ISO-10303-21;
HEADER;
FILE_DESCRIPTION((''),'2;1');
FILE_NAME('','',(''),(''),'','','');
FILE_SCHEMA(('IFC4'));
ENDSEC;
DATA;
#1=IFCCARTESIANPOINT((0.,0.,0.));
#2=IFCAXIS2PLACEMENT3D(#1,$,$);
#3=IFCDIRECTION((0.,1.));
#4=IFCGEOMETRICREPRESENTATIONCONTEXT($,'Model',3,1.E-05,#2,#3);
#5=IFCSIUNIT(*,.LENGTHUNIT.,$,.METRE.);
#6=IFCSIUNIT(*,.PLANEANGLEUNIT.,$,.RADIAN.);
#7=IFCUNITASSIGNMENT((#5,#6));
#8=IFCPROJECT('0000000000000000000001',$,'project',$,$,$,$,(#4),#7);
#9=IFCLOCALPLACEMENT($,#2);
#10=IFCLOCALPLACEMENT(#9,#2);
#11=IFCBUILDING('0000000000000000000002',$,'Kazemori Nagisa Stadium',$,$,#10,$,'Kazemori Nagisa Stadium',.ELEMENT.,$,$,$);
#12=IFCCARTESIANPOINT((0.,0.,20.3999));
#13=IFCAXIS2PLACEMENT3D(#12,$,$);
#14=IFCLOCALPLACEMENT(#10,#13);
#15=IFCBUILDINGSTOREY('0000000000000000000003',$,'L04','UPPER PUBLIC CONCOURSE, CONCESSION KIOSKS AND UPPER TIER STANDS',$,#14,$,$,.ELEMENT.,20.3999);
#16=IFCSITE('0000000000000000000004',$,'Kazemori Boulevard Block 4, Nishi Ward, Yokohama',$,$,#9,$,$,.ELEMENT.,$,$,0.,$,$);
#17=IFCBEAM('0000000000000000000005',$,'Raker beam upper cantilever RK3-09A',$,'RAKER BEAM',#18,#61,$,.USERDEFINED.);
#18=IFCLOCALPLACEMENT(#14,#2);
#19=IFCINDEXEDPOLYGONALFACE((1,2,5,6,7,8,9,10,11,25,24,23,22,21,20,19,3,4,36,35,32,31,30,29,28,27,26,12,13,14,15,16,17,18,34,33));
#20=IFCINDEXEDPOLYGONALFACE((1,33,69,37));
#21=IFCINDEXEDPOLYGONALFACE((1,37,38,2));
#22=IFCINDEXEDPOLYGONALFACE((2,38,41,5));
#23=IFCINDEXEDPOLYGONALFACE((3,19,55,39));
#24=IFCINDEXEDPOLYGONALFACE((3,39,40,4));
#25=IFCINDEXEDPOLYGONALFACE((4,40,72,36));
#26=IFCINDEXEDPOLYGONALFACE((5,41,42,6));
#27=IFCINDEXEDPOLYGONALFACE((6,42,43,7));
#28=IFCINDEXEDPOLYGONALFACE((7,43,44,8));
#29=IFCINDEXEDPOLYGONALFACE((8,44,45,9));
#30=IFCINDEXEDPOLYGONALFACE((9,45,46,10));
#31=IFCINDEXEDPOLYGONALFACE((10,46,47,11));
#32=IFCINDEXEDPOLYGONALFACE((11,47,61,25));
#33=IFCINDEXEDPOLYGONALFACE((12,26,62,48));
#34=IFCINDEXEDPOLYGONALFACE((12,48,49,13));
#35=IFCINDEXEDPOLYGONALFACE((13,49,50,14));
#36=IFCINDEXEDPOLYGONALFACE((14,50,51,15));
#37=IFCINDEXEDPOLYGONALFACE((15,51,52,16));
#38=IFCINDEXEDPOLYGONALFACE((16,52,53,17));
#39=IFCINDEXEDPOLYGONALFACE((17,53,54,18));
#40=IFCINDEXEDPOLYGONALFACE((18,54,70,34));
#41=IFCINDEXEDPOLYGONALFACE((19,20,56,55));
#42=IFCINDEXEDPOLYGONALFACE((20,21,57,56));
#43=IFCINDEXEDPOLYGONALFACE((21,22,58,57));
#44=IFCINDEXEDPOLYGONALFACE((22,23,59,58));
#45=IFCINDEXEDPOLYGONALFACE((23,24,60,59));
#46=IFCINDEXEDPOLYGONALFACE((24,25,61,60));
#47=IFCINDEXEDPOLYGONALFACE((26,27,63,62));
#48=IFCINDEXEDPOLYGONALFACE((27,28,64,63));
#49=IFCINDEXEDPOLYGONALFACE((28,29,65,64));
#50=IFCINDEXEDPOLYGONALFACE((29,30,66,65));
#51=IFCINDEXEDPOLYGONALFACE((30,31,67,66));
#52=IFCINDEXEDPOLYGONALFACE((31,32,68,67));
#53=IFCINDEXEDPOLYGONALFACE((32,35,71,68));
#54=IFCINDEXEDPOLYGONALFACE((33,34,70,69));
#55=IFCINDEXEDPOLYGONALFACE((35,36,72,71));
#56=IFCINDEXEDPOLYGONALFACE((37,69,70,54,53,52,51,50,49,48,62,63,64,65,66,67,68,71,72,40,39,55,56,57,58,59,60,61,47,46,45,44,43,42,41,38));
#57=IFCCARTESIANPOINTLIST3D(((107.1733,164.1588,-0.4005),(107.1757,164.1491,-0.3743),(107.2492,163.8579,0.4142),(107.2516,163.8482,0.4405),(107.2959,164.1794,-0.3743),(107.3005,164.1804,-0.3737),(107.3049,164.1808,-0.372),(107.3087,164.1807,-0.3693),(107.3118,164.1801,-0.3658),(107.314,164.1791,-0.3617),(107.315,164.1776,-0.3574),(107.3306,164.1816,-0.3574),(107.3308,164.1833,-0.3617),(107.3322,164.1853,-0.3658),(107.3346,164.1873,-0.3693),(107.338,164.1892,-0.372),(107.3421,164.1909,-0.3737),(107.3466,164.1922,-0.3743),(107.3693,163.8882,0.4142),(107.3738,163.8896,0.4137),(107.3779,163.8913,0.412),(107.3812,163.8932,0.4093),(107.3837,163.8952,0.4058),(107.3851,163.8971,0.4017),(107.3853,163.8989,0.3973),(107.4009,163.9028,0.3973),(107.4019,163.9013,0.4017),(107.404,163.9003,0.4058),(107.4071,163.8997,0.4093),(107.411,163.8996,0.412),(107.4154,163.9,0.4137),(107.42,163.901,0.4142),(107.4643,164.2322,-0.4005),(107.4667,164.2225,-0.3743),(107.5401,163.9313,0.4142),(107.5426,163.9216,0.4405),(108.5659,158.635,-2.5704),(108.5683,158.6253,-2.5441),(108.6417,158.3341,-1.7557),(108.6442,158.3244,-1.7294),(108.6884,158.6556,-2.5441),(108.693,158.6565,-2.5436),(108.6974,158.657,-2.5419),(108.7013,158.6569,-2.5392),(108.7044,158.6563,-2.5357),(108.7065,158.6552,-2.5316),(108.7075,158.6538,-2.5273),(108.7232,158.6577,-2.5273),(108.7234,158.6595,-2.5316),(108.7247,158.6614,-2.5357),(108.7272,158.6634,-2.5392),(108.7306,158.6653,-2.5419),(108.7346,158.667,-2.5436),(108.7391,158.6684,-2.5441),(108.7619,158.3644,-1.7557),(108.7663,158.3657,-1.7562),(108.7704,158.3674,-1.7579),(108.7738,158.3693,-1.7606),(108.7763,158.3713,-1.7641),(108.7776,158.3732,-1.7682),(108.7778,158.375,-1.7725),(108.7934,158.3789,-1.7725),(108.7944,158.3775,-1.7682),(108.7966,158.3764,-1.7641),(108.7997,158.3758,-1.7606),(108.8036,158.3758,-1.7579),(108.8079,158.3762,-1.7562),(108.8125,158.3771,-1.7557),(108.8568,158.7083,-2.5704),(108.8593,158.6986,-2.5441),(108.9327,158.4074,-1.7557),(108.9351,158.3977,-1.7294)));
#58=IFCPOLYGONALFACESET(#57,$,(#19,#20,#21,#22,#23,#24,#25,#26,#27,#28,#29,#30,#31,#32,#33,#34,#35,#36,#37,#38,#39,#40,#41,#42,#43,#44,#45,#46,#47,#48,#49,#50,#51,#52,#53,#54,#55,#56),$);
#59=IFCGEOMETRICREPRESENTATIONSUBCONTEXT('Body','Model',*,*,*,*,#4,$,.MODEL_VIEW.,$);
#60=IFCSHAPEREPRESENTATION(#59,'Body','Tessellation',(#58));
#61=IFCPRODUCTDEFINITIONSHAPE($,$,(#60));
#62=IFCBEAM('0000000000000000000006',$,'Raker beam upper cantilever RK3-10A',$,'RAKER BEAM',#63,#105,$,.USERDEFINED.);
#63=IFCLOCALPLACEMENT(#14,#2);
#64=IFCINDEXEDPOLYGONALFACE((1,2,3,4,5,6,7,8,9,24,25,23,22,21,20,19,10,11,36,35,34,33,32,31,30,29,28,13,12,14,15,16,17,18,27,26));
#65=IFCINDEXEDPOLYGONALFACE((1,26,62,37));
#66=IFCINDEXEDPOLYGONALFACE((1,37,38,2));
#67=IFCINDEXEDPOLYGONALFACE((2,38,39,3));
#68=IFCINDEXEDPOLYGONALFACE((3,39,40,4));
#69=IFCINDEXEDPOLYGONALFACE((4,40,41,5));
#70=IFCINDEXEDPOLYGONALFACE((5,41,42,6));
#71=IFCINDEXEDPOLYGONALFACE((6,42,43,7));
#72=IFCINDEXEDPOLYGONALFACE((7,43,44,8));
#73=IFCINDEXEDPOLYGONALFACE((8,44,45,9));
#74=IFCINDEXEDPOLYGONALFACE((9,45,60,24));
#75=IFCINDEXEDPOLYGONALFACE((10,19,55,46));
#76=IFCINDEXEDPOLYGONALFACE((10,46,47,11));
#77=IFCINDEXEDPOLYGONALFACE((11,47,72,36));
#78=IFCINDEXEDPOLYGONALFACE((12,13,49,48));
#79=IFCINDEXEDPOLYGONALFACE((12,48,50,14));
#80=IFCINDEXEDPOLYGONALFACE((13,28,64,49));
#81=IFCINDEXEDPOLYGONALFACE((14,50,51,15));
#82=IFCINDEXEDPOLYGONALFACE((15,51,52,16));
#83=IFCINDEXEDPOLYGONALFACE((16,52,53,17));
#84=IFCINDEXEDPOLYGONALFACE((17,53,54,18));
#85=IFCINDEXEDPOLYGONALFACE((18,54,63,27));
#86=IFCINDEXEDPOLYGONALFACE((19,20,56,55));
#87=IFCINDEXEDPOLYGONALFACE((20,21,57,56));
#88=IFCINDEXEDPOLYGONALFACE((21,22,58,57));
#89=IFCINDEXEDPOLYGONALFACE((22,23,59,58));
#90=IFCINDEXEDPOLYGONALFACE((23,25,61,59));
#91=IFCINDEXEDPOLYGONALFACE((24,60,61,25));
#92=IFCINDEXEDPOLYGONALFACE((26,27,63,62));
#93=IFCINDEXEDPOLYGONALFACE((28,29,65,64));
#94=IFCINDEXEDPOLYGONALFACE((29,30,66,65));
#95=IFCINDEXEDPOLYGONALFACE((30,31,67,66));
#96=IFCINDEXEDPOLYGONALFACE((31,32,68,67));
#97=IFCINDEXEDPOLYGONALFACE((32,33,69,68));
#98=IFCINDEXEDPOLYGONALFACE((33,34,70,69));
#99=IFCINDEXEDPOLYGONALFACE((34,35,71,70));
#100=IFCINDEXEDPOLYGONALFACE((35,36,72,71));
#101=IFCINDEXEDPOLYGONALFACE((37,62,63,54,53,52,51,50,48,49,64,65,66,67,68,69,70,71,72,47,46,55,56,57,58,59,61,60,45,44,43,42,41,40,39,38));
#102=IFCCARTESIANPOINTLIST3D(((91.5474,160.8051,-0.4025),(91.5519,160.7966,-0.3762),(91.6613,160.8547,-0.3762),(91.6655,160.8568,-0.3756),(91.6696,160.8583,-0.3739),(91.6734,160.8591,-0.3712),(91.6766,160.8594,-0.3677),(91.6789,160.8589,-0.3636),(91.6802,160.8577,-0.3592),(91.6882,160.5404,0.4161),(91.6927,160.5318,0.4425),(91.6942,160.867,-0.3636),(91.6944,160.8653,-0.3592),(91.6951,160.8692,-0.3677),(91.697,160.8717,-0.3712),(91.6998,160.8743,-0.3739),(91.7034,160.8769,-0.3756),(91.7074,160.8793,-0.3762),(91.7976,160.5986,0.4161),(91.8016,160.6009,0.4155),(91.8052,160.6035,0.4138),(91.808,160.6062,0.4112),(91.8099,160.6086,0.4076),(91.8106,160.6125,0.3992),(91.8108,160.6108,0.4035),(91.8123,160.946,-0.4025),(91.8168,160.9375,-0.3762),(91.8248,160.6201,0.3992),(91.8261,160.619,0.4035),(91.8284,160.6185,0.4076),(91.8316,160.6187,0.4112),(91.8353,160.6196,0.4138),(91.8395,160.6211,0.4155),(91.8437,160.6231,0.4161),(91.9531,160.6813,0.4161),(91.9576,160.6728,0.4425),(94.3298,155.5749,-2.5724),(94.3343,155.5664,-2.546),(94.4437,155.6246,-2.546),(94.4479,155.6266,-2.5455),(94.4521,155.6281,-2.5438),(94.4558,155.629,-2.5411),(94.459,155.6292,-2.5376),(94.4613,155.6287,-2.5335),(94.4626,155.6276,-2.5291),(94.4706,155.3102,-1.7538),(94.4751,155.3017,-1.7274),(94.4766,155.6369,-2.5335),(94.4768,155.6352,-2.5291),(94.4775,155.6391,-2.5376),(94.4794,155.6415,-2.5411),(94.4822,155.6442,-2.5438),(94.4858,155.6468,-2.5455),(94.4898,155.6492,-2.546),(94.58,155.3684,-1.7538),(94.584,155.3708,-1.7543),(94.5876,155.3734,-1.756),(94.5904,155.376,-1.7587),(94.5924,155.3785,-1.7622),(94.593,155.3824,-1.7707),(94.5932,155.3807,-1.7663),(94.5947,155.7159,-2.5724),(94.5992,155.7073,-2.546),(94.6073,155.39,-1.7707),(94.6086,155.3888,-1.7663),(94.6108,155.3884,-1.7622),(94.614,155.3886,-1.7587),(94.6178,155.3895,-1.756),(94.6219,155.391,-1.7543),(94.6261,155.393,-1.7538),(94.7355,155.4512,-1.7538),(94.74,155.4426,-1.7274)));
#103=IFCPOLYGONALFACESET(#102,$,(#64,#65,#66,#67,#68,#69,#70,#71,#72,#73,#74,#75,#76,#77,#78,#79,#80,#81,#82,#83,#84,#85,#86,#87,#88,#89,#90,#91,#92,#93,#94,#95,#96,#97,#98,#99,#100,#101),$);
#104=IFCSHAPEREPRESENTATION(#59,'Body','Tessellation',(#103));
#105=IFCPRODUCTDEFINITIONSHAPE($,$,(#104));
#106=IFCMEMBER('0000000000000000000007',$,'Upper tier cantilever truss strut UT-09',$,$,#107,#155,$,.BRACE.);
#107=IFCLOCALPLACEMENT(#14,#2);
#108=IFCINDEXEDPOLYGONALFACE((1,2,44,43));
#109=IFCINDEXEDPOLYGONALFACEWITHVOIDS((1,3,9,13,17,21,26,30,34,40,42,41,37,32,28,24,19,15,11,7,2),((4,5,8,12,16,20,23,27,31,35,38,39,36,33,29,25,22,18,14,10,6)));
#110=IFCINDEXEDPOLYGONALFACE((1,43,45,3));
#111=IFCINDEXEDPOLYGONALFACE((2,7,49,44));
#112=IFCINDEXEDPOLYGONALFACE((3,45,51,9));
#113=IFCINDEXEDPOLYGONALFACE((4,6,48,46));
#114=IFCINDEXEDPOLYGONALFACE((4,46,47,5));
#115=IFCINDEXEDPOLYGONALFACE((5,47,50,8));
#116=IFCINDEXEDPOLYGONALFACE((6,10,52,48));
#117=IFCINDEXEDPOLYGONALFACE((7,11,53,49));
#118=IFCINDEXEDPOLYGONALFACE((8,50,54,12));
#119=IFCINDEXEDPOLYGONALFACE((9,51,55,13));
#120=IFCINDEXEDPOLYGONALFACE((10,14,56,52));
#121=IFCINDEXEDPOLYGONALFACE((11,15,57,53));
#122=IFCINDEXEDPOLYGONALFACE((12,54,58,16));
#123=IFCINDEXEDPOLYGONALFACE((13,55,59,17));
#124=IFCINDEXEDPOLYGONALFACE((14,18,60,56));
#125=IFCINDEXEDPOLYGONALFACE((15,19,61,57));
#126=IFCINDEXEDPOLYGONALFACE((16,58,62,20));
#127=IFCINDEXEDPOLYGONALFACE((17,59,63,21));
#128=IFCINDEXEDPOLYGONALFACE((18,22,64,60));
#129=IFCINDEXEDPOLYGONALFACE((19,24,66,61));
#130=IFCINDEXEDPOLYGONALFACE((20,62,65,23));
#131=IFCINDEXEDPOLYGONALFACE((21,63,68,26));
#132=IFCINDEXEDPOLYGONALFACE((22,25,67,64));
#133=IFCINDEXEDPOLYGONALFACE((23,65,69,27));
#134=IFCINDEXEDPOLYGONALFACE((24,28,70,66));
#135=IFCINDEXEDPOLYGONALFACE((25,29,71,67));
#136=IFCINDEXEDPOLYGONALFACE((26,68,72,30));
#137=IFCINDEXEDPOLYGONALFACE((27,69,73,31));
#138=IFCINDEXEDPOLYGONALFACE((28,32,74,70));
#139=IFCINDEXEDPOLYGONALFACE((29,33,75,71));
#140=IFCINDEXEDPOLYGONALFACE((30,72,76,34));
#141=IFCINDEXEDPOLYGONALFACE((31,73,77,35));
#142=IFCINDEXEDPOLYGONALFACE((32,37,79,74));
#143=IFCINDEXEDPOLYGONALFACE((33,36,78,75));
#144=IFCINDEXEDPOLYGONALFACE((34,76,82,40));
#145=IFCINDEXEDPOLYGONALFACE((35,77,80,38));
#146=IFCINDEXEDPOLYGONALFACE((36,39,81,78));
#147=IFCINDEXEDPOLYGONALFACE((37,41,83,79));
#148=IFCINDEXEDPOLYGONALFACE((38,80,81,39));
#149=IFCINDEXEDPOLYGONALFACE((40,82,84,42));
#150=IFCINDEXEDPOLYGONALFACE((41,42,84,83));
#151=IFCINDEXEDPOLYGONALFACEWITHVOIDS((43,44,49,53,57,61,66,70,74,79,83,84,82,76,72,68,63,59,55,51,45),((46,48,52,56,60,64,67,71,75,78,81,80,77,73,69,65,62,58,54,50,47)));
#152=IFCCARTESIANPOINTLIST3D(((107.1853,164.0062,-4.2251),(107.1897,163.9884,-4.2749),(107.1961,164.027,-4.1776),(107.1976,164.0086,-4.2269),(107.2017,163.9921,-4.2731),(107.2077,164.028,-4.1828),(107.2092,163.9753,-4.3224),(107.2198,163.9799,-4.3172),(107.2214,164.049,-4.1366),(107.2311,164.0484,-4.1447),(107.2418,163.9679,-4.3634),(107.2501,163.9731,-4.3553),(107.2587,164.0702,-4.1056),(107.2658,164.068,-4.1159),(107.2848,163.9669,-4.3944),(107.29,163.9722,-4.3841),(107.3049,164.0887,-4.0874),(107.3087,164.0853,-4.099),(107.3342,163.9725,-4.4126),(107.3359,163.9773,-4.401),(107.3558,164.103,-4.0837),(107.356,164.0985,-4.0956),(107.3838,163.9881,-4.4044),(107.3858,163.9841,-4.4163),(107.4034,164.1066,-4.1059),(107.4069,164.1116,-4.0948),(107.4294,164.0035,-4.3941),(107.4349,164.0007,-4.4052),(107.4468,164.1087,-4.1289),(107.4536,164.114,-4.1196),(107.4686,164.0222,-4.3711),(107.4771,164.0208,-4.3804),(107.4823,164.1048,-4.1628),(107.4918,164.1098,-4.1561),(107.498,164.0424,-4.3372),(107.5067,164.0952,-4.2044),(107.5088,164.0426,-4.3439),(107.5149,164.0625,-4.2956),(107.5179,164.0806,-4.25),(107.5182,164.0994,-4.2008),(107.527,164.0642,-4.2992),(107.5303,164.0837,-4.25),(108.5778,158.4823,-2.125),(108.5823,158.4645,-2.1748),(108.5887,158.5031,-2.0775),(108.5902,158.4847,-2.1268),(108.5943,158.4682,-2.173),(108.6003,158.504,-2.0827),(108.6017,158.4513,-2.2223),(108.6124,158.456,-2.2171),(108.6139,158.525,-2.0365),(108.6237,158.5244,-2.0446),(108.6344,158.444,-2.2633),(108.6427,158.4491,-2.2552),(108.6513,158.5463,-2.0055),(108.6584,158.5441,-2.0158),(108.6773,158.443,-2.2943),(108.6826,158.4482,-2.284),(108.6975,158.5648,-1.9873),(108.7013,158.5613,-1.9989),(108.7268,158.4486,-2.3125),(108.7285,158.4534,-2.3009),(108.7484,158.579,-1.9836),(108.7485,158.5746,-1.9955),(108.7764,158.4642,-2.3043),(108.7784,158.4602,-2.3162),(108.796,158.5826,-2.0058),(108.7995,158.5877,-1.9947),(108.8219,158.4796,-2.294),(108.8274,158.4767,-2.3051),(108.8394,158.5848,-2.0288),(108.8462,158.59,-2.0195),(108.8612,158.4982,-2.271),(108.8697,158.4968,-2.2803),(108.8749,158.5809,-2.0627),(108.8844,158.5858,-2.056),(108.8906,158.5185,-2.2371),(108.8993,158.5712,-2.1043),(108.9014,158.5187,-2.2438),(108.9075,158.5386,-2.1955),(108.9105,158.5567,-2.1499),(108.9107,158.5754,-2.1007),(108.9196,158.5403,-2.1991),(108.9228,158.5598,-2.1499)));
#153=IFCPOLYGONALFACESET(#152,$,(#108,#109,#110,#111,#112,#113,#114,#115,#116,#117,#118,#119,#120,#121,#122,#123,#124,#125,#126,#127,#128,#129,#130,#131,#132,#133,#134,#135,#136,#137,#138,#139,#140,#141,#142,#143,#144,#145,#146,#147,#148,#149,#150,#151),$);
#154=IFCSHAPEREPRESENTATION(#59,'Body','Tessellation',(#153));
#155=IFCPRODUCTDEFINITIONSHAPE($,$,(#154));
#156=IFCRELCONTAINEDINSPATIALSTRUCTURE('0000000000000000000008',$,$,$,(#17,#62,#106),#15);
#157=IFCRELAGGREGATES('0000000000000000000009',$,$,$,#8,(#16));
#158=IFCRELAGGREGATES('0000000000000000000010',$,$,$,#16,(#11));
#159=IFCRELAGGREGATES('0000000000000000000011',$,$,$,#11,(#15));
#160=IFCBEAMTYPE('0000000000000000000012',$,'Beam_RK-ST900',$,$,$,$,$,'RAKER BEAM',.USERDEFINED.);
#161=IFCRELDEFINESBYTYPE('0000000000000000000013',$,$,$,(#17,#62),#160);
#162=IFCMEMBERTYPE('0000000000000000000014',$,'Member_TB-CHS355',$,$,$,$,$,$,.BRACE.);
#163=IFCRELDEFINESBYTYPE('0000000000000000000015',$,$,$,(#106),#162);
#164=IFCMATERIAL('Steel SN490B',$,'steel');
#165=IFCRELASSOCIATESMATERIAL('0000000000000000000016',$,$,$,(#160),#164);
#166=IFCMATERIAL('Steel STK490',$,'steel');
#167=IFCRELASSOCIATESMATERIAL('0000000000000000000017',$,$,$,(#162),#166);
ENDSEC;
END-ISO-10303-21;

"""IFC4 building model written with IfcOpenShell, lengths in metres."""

from ifc_helpers import new_model, si_unit, direction, frame, origin, origin_2d, place, context, subcontext, project, spatial, hollow_circle, i_section, extrude, material, material_profile, profile_set, type_object, element, save


model = new_model("IFC4")

# Units and contexts
model_context = context("Model", 3, precision=1e-05, world=origin(), true_north=direction((0.0, 1.0)))
body_context = subcontext(model_context, "Body", "Model", "MODEL_VIEW")
ifc_project = project(units=[si_unit("LENGTHUNIT", "METRE"), si_unit("PLANEANGLEUNIT", "RADIAN")], contexts=[model_context])

# Site, building, storey
site_placement = place(None, origin())
site = spatial("IfcSite", under=ifc_project, at=site_placement, Name="Kazemori Boulevard Block 4, Nishi Ward, Yokohama", CompositionType="ELEMENT", RefElevation=0.0)
building_placement = place(site_placement, origin())
building = spatial("IfcBuilding", under=site, at=building_placement, Name="Kazemori Nagisa Stadium", LongName="Kazemori Nagisa Stadium", CompositionType="ELEMENT")
storey_placement = place(building_placement, frame((0.0, 0.0, 20.3999)))
storey = spatial("IfcBuildingStorey", under=building, at=storey_placement, Name="L04", Description="UPPER PUBLIC CONCOURSE, CONCESSION KIOSKS AND UPPER TIER STANDS", CompositionType="ELEMENT", Elevation=20.3999)

# Beams
ifc_material_1 = material(Name="Steel SN490B", Category="steel")
ifc_material_profile_1 = material_profile(ifc_material_1, i_section(OverallWidth=0.3, OverallDepth=0.8999, WebThickness=0.0161, FlangeThickness=0.0281, FilletRadius=0.0181, at=origin_2d()), Name="H-900x300x16x28")
ifc_profile_set_1 = profile_set([ifc_material_profile_1], Name="Steel SN490B")
beam_type_1 = type_object("IfcBeamType", Name="Beam_RK-ST900", ElementType="RAKER BEAM", PredefinedType="USERDEFINED", material=ifc_profile_set_1)
beam_1_placement = place(storey_placement, frame((108.7505, 158.5164, -2.1499), z_axis=(-0.22844, 0.906151, 0.355957), x_axis=(-0.969662, -0.244451, 0.0)))
element("IfcBeam", 1, at=beam_1_placement, inside=storey, type_object=beam_type_1, Name="Raker beam upper cantilever RK3-09A", ObjectType="RAKER BEAM", PredefinedType="USERDEFINED", context=body_context, shape_type="SweptSolid", body=[
    extrude(i_section(OverallWidth=0.3, OverallDepth=0.8999, WebThickness=0.0161, FlangeThickness=0.0281, FilletRadius=0.0181, at=origin_2d()), origin(), (0.0, 0.0, 1.0), 6.0959),
])
beam_2_placement = place(storey_placement, frame((94.5349, 155.5088, -2.1499), z_axis=(-0.441018, 0.828984, 0.34393), x_axis=(-0.882842, -0.46967, 0.0)))
element("IfcBeam", 2, at=beam_2_placement, inside=storey, type_object=beam_type_1, Name="Raker beam upper cantilever RK3-10A", ObjectType="RAKER BEAM", PredefinedType="USERDEFINED", context=body_context, shape_type="SweptSolid", body=[
    extrude(i_section(OverallWidth=0.3, OverallDepth=0.8999, WebThickness=0.0161, FlangeThickness=0.0281, FilletRadius=0.0181, at=origin_2d()), origin(), (0.0, 0.0, 1.0), 6.3091),
])

# Member
ifc_material_2 = material(Name="Steel STK490", Category="steel")
ifc_material_profile_2 = material_profile(ifc_material_2, hollow_circle(Radius=0.1777, WallThickness=0.0127, at=origin_2d()), Name="CHS-355.6x12.7")
ifc_profile_set_2 = profile_set([ifc_material_profile_2], Name="Steel STK490")
member_type = type_object("IfcMemberType", Name="Member_TB-CHS355", PredefinedType="BRACE", material=ifc_profile_set_2)
member_placement = place(storey_placement, frame((107.3579, 164.0403, -4.25), z_axis=(0.229362, -0.909808, 0.345893), x_axis=(0.969662, 0.244451, 0.0)))
element("IfcMember", 3, at=member_placement, inside=storey, type_object=member_type, Name="Upper tier cantilever truss strut UT-09", PredefinedType="BRACE", context=body_context, shape_type="SweptSolid", body=[
    extrude(hollow_circle(Radius=0.1777, WallThickness=0.0127, at=origin_2d()), origin(), (0.0, 0.0, 1.0), 6.0715),
])

save(model, "model.ifc")
